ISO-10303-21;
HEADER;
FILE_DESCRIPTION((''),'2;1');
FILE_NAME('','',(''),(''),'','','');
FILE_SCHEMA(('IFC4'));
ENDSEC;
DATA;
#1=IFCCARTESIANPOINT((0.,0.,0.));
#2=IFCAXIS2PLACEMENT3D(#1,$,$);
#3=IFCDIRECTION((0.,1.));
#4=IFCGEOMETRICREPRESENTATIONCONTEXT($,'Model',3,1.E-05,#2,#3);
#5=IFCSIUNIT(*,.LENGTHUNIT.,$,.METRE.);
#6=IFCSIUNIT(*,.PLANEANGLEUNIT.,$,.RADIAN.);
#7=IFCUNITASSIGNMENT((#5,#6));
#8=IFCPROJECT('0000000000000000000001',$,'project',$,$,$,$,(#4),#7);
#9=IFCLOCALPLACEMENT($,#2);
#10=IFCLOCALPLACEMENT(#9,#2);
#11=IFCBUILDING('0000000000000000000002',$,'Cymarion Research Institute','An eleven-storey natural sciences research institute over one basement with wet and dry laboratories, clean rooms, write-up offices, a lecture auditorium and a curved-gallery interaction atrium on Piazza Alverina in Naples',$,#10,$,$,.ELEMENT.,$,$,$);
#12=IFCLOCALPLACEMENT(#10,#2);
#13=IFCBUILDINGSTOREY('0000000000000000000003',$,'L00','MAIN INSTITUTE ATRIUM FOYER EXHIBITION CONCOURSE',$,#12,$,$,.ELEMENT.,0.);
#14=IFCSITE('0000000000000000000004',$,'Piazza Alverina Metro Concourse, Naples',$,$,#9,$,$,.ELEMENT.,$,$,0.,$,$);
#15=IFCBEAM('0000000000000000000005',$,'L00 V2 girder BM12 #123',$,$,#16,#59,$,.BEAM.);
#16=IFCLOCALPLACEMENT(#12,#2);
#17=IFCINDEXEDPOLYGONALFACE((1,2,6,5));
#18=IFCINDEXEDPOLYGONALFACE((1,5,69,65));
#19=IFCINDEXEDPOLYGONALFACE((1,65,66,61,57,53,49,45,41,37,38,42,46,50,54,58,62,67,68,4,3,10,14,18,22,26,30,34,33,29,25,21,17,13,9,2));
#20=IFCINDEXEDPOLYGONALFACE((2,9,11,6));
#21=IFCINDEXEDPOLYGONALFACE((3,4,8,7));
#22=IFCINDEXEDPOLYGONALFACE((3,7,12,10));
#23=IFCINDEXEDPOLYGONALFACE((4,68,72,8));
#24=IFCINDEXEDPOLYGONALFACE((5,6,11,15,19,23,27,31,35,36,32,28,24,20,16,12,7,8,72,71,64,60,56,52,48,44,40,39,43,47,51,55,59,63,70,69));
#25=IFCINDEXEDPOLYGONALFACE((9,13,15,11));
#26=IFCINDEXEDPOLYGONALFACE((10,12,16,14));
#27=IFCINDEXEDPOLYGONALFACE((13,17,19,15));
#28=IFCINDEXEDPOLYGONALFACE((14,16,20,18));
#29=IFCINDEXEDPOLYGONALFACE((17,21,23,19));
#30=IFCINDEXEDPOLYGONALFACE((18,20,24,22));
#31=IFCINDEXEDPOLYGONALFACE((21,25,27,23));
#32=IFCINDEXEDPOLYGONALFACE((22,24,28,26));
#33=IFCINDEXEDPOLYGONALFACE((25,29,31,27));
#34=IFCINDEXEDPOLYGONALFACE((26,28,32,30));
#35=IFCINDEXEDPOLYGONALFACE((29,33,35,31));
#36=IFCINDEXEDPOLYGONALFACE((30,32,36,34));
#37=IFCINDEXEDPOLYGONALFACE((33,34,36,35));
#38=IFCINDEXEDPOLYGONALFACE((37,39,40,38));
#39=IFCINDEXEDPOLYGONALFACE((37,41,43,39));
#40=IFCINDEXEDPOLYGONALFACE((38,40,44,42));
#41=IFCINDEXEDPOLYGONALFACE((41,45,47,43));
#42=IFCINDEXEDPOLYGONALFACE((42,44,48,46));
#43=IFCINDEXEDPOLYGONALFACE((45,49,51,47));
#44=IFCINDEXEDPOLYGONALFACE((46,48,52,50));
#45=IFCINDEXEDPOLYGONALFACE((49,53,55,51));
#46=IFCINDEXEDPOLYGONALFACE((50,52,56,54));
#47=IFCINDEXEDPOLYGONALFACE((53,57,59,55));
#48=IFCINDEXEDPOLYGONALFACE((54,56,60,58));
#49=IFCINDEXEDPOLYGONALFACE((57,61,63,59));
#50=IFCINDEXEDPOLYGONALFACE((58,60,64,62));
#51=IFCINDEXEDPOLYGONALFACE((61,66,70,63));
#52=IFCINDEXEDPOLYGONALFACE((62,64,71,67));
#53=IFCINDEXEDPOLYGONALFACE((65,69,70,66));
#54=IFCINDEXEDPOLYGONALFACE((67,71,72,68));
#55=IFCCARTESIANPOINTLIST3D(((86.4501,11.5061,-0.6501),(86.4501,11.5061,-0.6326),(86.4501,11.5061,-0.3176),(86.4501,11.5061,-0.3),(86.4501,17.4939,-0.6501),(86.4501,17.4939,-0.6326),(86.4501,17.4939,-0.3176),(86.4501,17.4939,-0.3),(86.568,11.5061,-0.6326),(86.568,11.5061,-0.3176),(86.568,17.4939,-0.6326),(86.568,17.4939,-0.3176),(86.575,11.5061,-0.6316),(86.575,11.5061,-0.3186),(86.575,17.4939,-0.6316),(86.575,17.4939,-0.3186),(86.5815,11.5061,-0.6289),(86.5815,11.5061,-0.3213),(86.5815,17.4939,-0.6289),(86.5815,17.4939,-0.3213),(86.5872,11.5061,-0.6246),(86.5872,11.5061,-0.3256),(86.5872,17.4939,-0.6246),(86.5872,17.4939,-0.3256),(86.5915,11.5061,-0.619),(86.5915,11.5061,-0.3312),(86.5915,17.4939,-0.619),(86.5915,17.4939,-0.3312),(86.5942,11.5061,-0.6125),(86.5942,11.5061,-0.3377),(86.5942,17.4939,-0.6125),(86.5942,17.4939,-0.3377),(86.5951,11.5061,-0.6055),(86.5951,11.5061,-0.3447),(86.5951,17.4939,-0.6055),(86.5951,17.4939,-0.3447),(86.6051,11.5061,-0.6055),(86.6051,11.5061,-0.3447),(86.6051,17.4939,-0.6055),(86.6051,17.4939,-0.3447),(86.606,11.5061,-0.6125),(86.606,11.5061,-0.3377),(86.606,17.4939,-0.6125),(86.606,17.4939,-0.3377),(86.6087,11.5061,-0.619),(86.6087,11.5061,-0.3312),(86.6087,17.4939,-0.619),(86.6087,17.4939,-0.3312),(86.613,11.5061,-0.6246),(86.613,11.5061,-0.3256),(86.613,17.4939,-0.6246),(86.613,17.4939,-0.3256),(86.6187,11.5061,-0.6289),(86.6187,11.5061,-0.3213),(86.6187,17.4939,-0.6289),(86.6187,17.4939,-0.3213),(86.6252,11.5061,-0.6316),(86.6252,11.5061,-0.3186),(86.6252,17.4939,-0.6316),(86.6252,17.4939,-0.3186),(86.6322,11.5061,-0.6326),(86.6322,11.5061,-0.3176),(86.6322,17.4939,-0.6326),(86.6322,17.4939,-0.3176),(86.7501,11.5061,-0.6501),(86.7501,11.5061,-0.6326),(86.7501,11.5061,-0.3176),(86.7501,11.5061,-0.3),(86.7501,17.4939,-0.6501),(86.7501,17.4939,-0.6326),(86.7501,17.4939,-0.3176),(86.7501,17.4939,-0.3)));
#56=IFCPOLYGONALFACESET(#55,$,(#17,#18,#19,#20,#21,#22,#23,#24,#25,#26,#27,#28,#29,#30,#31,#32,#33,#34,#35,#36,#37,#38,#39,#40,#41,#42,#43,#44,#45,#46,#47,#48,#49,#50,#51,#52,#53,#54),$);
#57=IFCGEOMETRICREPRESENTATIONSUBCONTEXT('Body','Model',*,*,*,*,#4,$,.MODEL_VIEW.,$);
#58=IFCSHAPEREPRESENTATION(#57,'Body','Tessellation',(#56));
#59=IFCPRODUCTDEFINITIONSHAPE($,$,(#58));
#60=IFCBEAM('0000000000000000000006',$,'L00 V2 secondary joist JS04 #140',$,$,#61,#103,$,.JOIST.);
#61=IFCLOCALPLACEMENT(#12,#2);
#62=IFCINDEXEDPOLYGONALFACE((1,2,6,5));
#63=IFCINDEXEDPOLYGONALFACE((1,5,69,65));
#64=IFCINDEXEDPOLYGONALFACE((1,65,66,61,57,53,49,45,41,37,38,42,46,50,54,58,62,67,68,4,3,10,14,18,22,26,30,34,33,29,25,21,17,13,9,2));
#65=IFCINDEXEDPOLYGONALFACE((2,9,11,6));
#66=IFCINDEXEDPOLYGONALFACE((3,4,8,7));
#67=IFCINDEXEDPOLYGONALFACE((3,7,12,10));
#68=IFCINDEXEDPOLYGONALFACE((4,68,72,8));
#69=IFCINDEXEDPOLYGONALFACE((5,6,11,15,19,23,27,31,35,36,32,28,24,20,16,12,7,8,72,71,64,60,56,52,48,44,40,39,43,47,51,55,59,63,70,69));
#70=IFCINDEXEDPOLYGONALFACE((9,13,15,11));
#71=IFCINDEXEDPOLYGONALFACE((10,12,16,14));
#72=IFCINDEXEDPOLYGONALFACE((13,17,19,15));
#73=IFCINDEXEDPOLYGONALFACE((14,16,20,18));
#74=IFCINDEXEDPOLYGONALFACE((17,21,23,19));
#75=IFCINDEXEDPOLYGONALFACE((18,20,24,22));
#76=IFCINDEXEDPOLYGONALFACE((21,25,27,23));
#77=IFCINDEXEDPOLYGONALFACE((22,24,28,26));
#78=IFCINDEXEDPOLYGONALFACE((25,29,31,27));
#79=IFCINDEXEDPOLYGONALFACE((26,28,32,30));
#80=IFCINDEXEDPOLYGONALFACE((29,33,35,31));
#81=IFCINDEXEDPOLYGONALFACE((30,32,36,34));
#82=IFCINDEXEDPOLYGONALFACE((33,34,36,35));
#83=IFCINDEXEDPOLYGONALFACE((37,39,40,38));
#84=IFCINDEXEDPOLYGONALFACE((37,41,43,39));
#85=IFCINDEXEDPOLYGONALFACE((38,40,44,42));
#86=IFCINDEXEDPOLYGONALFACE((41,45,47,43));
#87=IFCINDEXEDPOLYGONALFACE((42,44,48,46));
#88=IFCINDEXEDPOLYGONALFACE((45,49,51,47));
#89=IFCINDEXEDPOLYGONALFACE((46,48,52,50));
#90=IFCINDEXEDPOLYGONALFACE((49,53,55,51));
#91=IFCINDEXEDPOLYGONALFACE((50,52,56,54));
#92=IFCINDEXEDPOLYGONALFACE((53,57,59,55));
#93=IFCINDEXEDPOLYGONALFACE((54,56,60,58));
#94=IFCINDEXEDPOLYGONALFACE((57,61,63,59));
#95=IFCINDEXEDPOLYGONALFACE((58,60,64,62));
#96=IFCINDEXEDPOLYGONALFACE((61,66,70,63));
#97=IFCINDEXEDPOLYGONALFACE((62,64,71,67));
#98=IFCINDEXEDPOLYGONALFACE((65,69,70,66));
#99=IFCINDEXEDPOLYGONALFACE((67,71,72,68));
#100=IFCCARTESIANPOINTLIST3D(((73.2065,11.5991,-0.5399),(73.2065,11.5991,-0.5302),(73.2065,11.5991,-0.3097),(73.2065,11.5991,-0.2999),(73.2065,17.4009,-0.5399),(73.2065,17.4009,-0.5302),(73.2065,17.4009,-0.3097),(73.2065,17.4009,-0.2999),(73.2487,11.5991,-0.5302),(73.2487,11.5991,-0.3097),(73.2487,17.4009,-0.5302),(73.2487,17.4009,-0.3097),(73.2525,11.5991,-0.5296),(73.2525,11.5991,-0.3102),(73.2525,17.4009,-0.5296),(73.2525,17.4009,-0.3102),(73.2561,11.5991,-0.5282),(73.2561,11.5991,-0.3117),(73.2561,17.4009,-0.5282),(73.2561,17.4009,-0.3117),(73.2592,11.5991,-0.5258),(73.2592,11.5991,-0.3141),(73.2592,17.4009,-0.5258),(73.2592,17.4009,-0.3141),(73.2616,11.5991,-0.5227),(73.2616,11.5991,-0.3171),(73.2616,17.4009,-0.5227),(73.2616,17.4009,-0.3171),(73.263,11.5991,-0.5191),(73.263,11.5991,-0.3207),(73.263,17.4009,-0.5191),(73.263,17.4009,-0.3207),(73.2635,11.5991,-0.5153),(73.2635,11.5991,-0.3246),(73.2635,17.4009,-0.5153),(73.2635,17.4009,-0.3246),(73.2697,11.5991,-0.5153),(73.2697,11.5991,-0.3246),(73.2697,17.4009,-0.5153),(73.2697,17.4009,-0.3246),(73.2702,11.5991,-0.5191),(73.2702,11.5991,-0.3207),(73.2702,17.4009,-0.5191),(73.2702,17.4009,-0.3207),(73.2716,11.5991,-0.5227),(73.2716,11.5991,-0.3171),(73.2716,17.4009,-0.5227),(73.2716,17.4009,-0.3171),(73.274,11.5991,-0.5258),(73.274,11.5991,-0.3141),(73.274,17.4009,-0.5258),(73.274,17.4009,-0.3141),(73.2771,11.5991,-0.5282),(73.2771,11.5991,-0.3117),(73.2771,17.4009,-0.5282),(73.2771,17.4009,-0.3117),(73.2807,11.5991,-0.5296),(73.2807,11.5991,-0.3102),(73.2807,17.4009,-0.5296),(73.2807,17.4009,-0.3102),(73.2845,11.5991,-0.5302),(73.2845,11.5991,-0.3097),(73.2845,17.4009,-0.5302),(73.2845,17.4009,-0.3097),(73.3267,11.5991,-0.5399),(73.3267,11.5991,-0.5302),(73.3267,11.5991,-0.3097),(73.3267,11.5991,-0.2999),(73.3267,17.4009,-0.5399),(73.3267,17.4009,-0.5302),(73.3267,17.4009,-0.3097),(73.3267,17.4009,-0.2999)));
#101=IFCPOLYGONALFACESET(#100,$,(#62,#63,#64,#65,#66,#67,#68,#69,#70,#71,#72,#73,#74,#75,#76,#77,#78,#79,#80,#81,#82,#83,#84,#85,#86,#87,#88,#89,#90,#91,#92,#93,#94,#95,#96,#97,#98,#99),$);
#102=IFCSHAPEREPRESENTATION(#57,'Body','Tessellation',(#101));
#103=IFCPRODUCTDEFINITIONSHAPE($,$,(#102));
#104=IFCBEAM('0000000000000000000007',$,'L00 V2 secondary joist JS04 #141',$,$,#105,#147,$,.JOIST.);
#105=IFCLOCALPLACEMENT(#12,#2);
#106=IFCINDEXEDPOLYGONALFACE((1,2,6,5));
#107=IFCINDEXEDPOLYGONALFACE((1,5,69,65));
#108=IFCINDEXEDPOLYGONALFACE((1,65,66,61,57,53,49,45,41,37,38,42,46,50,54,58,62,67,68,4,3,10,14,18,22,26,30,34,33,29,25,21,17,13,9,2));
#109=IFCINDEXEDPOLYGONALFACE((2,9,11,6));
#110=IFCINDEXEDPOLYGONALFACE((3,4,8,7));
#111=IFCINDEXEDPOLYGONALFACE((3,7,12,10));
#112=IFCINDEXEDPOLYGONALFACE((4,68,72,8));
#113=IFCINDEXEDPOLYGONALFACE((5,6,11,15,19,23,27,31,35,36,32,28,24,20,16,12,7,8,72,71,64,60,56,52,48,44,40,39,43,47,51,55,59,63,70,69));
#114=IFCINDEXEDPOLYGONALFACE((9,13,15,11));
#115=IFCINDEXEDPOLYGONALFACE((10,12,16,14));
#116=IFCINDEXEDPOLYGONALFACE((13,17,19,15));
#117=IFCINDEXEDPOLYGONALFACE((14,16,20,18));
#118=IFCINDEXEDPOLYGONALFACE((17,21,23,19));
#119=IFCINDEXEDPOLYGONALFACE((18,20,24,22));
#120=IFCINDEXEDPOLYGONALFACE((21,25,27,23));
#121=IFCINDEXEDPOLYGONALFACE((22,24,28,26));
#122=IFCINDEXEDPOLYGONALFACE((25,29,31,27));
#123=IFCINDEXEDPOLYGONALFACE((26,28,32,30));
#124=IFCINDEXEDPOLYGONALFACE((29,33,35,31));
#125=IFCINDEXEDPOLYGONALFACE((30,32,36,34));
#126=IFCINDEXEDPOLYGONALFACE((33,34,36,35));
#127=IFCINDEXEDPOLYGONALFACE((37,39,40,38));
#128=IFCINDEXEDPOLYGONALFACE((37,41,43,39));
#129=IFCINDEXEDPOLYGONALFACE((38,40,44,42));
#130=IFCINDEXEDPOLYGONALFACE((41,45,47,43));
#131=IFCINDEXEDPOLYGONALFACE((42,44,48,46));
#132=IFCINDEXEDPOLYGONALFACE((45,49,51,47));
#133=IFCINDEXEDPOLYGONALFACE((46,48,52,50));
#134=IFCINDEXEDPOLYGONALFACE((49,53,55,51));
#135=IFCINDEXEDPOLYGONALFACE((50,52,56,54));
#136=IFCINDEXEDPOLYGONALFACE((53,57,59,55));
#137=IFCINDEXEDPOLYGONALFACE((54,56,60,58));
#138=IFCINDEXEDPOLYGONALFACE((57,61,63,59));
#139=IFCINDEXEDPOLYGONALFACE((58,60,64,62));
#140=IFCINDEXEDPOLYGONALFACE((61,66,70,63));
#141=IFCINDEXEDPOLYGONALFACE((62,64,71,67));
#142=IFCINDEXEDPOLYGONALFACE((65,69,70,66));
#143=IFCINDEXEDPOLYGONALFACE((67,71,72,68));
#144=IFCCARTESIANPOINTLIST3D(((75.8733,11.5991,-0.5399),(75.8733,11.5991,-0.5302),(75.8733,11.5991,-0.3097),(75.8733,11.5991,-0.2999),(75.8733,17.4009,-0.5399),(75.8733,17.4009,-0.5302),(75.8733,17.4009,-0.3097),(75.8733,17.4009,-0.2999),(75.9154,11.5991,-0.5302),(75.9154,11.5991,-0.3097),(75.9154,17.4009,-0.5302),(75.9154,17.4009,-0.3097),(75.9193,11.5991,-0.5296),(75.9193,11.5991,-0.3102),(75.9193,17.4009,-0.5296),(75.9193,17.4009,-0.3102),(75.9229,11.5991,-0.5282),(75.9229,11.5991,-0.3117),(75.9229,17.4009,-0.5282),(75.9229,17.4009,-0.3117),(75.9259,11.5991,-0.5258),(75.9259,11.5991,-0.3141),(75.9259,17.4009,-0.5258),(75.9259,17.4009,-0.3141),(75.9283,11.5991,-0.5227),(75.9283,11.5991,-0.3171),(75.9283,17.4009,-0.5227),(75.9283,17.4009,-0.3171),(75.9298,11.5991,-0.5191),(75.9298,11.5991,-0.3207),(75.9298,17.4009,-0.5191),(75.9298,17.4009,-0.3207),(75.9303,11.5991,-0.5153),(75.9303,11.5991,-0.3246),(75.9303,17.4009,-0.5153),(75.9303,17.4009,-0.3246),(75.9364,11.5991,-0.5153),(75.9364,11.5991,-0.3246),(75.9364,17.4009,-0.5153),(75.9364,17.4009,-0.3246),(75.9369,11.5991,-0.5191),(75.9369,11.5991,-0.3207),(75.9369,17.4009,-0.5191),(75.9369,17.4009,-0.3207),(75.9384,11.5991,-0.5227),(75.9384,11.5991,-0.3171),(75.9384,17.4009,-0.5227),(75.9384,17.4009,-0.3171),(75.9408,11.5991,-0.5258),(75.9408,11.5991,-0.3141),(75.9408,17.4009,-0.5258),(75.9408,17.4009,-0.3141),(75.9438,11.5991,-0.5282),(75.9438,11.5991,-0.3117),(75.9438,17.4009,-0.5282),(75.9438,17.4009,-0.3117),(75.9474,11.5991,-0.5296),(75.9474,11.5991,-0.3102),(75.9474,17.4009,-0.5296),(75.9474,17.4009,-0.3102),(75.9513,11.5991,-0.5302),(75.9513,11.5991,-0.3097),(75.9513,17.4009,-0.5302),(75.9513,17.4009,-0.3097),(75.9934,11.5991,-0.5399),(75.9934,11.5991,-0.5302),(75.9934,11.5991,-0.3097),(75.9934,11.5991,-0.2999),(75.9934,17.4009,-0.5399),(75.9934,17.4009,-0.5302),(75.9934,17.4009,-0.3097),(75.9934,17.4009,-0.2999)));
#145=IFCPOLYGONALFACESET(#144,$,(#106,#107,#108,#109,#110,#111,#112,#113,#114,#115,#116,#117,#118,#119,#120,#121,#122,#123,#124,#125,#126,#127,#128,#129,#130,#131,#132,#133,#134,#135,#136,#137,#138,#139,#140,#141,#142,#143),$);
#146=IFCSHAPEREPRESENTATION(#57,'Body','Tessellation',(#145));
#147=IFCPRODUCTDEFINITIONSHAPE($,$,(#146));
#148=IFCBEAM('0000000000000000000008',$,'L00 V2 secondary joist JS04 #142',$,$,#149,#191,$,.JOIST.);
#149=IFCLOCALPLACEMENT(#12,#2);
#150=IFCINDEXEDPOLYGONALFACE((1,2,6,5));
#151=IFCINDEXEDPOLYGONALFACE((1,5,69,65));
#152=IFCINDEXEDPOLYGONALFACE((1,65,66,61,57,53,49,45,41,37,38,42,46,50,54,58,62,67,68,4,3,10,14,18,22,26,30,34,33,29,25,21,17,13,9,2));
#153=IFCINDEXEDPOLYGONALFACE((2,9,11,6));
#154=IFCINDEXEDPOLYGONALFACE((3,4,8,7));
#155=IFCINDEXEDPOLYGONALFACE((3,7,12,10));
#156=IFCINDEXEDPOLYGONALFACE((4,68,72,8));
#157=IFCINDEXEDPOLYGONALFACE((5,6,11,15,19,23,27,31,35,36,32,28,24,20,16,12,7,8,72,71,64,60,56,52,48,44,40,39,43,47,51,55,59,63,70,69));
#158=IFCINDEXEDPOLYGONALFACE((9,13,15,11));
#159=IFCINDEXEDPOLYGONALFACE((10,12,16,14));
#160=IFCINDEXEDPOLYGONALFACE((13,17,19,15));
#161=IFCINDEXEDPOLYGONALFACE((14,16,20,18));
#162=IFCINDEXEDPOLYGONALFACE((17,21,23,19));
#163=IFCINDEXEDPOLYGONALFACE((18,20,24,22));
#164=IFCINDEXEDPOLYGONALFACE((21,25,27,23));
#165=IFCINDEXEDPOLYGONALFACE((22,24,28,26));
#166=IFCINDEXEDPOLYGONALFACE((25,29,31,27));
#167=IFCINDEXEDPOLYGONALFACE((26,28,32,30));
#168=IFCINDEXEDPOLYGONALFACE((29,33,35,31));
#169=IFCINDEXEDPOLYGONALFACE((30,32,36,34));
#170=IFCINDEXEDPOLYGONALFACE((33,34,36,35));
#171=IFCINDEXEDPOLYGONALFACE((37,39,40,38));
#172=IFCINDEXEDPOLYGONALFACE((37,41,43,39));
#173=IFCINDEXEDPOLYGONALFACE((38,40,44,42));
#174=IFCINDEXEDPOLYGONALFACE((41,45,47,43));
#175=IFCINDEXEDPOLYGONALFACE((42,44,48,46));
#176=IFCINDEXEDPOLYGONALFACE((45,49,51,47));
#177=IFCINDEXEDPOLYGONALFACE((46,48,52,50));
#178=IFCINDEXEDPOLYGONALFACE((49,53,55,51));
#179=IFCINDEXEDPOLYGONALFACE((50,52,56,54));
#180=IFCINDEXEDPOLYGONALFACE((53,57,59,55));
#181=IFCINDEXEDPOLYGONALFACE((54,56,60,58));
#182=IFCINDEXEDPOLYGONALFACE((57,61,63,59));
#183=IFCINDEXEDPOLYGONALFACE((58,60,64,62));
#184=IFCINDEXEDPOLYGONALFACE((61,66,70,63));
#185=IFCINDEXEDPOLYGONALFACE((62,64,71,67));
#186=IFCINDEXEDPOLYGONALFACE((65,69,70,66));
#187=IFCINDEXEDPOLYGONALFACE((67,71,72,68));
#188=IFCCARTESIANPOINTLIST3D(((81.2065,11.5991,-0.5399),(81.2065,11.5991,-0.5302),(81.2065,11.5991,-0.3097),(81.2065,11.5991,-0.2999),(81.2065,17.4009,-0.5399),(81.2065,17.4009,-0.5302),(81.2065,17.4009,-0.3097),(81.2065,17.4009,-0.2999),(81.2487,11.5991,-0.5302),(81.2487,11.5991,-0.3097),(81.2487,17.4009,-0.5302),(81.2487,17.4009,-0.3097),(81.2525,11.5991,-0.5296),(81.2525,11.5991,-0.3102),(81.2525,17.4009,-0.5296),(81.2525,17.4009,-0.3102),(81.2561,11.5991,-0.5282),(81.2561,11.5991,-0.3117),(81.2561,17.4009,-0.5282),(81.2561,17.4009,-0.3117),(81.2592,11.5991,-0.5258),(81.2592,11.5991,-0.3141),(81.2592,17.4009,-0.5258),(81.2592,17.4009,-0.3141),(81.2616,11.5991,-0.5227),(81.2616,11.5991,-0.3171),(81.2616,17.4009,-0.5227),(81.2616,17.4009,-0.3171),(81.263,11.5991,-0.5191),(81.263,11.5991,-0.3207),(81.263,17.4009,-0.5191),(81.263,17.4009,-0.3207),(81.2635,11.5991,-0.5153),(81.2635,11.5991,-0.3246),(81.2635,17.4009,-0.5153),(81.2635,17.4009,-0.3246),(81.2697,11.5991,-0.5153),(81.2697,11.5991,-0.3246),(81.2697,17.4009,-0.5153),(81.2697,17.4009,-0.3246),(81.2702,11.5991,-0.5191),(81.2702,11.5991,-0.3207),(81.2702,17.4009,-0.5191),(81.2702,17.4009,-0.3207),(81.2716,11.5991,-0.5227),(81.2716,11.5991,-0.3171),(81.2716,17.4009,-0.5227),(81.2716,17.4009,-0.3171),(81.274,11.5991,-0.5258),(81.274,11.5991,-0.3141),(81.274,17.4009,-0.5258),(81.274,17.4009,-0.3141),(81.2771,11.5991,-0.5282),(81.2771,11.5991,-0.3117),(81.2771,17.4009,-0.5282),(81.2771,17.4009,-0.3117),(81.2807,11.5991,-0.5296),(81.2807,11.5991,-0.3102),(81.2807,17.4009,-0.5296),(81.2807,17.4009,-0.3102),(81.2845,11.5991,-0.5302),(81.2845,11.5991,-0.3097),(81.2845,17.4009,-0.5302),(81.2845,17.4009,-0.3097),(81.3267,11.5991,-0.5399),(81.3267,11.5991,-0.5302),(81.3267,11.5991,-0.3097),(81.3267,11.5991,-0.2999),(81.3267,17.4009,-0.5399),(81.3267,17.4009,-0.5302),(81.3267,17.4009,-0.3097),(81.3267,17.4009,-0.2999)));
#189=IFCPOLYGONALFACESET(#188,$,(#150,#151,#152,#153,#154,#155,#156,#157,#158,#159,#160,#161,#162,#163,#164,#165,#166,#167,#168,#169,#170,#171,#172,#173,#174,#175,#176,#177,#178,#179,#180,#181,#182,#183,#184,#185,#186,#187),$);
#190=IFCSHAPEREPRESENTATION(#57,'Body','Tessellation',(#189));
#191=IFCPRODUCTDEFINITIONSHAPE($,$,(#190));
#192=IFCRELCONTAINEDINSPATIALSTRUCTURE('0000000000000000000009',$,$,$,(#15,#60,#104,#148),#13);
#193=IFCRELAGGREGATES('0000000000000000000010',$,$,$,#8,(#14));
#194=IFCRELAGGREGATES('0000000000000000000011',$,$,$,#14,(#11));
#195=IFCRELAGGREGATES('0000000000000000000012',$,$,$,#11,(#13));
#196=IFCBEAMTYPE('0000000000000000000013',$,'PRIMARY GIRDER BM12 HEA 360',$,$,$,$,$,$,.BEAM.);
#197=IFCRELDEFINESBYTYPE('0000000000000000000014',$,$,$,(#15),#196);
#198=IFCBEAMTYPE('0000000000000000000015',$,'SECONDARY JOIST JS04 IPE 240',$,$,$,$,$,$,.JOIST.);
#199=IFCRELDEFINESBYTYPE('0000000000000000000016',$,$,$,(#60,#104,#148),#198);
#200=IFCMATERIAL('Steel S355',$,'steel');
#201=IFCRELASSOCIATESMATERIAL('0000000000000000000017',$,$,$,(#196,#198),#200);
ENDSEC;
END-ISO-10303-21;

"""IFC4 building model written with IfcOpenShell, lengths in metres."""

from ifc_helpers import new_model, si_unit, direction, frame, origin, origin_2d, place, context, subcontext, project, spatial, i_section, extrude, material, material_profile, profile_set, type_object, element, save


model = new_model("IFC4")

# Units and contexts
model_context = context("Model", 3, precision=1e-05, world=origin(), true_north=direction((0.0, 1.0)))
body_context = subcontext(model_context, "Body", "Model", "MODEL_VIEW")
ifc_project = project(units=[si_unit("LENGTHUNIT", "METRE"), si_unit("PLANEANGLEUNIT", "RADIAN")], contexts=[model_context])

# Site, building, storey
site_placement = place(None, origin())
site = spatial("IfcSite", under=ifc_project, at=site_placement, Name="Piazza Alverina Metro Concourse, Naples", CompositionType="ELEMENT", RefElevation=0.0)
building_placement = place(site_placement, origin())
building = spatial("IfcBuilding", under=site, at=building_placement, Name="Cymarion Research Institute", Description="An eleven-storey natural sciences research institute over one basement with wet and dry laboratories, clean rooms, write-up offices, a lecture auditorium and a curved-gallery interaction atrium on Piazza Alverina in Naples", CompositionType="ELEMENT")
storey_placement = place(building_placement, origin())
storey = spatial("IfcBuildingStorey", under=building, at=storey_placement, Name="L00", Description="MAIN INSTITUTE ATRIUM FOYER EXHIBITION CONCOURSE", CompositionType="ELEMENT", Elevation=0.0)

# Shared definitions
ifc_material_1 = material(Name="Steel S355", Category="steel")

# Beams
ifc_material_profile_1 = material_profile(ifc_material_1, i_section(OverallWidth=0.3, OverallDepth=0.3501, WebThickness=0.01, FlangeThickness=0.0176, FilletRadius=0.0271, at=origin_2d()), Name="HEA 360")
ifc_profile_set_1 = profile_set([ifc_material_profile_1], Name="Steel S355")
beam_type_1 = type_object("IfcBeamType", Name="PRIMARY GIRDER BM12 HEA 360", PredefinedType="BEAM", material=ifc_profile_set_1)
for number, where, z_axis, x_axis, name in (
    (1, (86.6001, 11.5061, -0.4751), (0.0, 1.0, 0.0), (-1.0, 0.0, 0.0), "L00 V2 girder BM12 #123"),
):
    element("IfcBeam", number, at=place(storey_placement, frame(where, z_axis=z_axis, x_axis=x_axis)), inside=storey, type_object=beam_type_1, Name=name, PredefinedType="BEAM", context=body_context, shape_type="SweptSolid", body=[
        extrude(i_section(OverallWidth=0.3, OverallDepth=0.3501, WebThickness=0.01, FlangeThickness=0.0176, FilletRadius=0.0271, at=origin_2d()), origin(), (0.0, 0.0, 1.0), 5.9878),
    ])
ifc_material_profile_2 = material_profile(ifc_material_1, i_section(OverallWidth=0.1201, OverallDepth=0.24, WebThickness=0.0061, FlangeThickness=0.0098, FilletRadius=0.0149, at=origin_2d()), Name="IPE 240")
ifc_profile_set_2 = profile_set([ifc_material_profile_2], Name="Steel S355")
beam_type_2 = type_object("IfcBeamType", Name="SECONDARY JOIST JS04 IPE 240", PredefinedType="JOIST", material=ifc_profile_set_2)
for number, where, z_axis, x_axis, name in (
    (2, (73.2666, 11.5991, -0.4199), (0.0, 1.0, 0.0), (-1.0, 0.0, 0.0), "L00 V2 secondary joist JS04 #140"),
    (3, (75.9333, 11.5991, -0.4199), (0.0, 1.0, 0.0), (-1.0, 0.0, 0.0), "L00 V2 secondary joist JS04 #141"),
    (4, (81.2666, 11.5991, -0.4199), (0.0, 1.0, 0.0), (-1.0, 0.0, 0.0), "L00 V2 secondary joist JS04 #142"),
):
    element("IfcBeam", number, at=place(storey_placement, frame(where, z_axis=z_axis, x_axis=x_axis)), inside=storey, type_object=beam_type_2, Name=name, PredefinedType="JOIST", context=body_context, shape_type="SweptSolid", body=[
        extrude(i_section(OverallWidth=0.1201, OverallDepth=0.24, WebThickness=0.0061, FlangeThickness=0.0098, FilletRadius=0.0149, at=origin_2d()), origin(), (0.0, 0.0, 1.0), 5.8018),
    ])

save(model, "model.ifc")
